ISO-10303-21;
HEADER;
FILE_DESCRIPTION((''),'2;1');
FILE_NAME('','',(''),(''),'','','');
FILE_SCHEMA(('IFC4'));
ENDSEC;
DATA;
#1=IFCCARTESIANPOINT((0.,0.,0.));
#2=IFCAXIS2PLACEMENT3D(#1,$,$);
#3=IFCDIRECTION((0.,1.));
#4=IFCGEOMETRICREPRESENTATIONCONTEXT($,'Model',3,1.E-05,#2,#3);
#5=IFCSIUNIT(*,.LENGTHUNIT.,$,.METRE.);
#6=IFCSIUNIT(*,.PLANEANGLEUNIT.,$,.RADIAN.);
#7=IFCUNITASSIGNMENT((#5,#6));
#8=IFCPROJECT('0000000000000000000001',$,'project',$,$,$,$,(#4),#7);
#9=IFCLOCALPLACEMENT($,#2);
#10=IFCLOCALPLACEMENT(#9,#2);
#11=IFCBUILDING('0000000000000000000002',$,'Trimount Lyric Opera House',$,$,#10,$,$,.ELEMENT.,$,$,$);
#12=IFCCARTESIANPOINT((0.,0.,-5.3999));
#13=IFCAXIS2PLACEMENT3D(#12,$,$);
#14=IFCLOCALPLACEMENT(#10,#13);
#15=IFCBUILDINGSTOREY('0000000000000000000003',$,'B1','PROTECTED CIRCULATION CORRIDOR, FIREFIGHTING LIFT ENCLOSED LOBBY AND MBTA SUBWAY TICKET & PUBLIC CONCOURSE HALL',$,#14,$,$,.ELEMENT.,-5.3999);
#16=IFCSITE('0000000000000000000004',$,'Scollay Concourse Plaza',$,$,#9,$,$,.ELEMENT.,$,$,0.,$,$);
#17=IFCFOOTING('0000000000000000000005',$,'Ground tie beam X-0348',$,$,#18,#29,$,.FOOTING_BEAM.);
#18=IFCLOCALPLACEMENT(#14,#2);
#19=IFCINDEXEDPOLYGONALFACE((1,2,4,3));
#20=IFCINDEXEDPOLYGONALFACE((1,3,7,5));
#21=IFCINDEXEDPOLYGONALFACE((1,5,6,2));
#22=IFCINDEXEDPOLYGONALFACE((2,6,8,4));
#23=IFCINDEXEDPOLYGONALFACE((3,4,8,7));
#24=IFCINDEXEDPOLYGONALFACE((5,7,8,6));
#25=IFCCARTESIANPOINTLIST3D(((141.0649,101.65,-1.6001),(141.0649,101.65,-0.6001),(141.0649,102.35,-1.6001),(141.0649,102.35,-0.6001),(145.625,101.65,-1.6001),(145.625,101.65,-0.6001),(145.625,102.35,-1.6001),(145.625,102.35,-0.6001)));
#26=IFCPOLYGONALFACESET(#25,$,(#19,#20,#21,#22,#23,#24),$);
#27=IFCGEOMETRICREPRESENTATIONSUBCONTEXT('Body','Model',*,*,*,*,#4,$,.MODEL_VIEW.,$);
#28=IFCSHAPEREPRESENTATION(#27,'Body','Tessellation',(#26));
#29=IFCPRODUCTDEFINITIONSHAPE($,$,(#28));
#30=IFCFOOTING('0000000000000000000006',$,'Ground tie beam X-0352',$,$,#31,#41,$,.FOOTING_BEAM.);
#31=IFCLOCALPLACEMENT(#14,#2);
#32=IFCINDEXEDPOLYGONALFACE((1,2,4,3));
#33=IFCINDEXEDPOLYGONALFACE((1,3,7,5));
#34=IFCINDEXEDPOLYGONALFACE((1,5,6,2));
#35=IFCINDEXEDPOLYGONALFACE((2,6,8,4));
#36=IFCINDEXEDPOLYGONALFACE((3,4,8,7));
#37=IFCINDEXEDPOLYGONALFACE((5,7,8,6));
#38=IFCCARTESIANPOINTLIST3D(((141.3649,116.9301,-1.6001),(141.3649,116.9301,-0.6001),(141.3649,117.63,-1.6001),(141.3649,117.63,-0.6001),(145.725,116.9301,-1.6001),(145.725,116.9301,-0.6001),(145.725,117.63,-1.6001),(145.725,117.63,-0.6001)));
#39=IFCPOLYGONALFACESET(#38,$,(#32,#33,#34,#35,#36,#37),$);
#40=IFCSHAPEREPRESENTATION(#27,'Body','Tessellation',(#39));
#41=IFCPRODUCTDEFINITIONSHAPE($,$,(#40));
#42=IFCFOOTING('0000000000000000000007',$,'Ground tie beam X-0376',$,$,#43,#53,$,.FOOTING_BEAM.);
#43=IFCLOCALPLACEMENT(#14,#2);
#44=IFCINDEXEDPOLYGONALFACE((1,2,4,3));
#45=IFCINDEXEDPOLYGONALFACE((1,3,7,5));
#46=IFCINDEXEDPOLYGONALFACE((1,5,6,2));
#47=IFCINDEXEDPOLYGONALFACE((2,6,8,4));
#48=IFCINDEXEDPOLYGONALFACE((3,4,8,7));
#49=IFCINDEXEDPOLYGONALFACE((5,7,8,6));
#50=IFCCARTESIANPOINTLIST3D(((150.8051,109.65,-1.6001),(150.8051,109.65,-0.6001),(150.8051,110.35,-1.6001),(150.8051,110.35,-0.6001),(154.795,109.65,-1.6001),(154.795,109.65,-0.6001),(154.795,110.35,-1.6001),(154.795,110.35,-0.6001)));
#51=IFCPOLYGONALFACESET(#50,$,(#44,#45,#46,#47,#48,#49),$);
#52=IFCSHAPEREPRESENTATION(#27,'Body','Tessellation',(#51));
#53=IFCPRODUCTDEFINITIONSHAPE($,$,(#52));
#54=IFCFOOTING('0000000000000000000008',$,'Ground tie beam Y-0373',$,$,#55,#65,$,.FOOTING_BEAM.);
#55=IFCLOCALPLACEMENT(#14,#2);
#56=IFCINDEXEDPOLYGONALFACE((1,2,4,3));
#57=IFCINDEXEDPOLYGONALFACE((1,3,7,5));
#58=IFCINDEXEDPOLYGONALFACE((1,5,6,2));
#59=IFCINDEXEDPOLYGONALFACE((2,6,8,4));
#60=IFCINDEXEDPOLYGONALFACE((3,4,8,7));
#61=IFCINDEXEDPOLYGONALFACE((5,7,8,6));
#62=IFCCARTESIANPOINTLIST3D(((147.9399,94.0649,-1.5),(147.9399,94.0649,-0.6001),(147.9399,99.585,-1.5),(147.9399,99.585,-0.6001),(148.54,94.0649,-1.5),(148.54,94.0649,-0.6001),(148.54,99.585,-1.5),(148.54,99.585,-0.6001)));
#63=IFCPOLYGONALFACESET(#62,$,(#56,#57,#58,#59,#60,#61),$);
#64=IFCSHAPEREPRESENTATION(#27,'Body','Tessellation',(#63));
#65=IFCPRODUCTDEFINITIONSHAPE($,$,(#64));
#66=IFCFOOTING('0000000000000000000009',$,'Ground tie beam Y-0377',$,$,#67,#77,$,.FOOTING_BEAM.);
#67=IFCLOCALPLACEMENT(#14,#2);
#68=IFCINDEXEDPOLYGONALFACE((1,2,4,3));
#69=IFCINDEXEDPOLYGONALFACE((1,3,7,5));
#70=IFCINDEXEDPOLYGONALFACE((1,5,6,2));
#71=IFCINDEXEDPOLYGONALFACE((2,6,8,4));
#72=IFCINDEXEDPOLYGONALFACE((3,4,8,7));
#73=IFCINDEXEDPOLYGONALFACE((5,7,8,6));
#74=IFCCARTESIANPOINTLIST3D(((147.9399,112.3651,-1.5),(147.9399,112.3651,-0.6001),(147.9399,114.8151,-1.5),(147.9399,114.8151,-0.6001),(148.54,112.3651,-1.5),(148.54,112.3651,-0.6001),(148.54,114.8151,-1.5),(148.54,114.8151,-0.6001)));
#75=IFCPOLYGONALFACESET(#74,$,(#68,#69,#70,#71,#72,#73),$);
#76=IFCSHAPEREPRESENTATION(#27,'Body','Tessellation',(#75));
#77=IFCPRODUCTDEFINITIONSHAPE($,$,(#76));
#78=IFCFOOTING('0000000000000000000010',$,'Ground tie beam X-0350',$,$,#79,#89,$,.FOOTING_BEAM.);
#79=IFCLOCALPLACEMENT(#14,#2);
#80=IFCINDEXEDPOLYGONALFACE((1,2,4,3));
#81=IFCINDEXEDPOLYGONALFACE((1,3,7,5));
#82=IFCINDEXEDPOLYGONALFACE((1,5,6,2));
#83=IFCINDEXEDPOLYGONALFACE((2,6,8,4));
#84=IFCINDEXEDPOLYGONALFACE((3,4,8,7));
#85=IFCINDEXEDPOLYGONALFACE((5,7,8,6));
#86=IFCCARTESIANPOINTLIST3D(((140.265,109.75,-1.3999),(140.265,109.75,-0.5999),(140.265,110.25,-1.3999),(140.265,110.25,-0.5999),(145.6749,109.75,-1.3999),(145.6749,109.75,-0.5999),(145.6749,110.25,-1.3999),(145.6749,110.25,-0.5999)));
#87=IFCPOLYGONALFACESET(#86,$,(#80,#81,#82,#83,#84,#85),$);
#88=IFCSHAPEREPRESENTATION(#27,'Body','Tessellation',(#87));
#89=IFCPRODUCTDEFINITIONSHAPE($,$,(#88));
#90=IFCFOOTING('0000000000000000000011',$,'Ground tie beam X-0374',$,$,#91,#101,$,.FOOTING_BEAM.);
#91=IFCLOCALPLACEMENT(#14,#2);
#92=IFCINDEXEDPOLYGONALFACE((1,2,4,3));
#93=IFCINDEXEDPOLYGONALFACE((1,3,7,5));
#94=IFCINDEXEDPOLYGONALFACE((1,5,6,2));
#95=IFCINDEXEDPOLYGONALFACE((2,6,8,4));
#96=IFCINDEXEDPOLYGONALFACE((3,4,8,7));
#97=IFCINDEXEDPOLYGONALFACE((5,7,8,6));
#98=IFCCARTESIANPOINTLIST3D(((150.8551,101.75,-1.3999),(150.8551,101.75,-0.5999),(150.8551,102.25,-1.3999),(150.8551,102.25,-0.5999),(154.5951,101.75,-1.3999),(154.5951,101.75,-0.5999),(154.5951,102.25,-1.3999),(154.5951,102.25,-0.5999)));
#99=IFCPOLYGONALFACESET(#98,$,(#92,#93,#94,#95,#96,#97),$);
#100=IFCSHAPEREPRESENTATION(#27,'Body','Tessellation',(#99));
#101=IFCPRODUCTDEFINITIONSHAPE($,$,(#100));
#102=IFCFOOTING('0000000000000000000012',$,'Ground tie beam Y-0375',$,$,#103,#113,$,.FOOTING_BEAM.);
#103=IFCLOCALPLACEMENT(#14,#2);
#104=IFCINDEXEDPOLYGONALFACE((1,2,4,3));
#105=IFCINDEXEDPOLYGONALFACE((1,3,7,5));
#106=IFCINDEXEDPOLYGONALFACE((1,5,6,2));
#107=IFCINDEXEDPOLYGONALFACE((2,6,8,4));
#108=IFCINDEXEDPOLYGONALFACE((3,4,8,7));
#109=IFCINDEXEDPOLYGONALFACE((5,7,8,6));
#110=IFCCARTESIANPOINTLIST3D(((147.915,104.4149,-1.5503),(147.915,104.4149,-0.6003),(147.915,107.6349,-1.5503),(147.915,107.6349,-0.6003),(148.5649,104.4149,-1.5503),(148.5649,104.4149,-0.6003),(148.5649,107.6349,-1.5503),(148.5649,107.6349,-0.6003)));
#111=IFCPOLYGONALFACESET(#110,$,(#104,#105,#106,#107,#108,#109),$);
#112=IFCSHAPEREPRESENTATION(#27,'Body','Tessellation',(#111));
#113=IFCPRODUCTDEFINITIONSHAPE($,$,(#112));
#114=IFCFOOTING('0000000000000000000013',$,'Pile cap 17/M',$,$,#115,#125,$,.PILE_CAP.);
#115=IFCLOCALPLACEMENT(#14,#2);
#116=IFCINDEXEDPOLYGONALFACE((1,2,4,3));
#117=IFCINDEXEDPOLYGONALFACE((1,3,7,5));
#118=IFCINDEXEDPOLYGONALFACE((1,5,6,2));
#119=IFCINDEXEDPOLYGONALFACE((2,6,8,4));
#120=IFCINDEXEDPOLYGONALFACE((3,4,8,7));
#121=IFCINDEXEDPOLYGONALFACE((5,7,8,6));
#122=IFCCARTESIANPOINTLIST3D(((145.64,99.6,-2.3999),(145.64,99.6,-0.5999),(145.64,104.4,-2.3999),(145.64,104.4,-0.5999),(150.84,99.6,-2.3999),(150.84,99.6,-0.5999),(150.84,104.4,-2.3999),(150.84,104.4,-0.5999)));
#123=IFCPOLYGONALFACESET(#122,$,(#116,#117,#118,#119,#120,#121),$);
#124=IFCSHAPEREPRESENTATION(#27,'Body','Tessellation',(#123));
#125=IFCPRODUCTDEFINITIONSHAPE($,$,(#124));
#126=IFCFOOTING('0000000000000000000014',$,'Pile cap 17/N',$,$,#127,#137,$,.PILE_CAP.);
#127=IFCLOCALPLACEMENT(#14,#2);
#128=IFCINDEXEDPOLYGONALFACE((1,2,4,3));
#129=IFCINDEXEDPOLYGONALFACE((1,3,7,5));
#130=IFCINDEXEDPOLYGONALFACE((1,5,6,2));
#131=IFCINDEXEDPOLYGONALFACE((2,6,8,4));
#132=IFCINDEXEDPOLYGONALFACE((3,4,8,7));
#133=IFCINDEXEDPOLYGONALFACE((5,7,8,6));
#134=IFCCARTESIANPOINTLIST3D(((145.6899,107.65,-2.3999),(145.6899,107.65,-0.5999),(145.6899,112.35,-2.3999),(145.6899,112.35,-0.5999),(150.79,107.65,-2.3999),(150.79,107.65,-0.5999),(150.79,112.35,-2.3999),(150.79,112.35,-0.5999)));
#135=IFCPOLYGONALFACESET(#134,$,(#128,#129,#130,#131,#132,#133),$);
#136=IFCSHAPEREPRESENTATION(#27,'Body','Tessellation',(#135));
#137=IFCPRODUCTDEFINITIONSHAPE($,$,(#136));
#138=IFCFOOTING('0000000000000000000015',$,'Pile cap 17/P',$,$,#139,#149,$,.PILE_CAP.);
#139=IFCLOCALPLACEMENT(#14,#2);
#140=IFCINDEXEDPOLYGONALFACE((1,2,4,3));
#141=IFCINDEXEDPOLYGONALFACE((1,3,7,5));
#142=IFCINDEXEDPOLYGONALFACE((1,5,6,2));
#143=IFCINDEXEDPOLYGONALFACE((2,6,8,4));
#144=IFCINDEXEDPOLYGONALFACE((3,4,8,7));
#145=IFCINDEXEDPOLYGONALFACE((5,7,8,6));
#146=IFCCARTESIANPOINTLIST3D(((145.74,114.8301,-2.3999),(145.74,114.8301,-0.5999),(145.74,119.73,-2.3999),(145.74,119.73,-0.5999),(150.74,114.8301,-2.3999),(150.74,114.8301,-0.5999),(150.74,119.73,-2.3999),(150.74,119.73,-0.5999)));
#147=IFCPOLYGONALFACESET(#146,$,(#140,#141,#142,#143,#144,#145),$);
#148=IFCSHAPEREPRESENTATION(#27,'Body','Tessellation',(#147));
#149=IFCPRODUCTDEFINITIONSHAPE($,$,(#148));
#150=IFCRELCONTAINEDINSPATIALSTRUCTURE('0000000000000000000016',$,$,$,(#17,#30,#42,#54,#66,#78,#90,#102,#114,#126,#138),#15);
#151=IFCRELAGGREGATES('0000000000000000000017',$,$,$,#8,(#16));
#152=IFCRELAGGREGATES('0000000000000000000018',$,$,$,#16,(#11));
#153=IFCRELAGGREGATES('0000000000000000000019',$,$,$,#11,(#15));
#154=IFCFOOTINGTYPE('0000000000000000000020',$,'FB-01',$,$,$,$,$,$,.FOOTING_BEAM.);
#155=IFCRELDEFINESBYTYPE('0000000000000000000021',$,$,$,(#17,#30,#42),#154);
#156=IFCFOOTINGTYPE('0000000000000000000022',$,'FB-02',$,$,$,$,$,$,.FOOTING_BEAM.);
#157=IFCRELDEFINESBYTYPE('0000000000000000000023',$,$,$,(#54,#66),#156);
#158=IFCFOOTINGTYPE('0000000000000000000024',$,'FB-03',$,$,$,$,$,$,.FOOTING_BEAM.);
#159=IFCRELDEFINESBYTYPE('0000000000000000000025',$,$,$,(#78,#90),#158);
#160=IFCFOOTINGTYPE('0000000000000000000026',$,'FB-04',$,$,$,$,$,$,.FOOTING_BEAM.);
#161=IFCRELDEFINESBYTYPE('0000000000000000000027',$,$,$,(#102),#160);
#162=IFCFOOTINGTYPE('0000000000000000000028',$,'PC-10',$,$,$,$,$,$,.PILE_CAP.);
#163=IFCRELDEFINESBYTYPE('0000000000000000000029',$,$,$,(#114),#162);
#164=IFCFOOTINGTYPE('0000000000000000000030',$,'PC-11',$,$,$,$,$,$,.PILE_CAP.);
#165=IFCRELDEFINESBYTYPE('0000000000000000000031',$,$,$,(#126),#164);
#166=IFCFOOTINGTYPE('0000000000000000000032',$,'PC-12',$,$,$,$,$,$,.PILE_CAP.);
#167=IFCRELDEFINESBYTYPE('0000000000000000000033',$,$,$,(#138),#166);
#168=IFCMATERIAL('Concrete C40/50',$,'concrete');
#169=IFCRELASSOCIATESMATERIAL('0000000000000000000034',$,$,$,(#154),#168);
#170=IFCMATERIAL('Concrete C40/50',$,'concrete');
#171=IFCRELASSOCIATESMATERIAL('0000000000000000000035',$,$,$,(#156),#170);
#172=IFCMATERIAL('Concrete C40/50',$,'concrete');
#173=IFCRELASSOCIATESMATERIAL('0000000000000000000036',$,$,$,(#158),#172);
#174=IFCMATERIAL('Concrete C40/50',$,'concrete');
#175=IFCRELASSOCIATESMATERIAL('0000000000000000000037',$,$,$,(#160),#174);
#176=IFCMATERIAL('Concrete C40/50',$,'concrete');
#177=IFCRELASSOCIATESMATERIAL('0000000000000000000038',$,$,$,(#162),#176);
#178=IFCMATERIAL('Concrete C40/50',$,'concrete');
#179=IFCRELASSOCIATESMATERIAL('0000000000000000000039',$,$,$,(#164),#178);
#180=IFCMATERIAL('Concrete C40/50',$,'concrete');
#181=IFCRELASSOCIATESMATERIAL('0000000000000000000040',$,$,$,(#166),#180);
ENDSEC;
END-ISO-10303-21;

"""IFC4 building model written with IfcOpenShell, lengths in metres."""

from ifc_helpers import new_model, si_unit, direction, frame, origin, origin_2d, place, context, subcontext, project, spatial, rectangle, extrude, material, type_object, element, save


model = new_model("IFC4")

# Units and contexts
model_context = context("Model", 3, precision=1e-05, world=origin(), true_north=direction((0.0, 1.0)))
body_context = subcontext(model_context, "Body", "Model", "MODEL_VIEW")
ifc_project = project(units=[si_unit("LENGTHUNIT", "METRE"), si_unit("PLANEANGLEUNIT", "RADIAN")], contexts=[model_context])

# Site, building, storey
site_placement = place(None, origin())
site = spatial("IfcSite", under=ifc_project, at=site_placement, Name="Scollay Concourse Plaza", CompositionType="ELEMENT", RefElevation=0.0)
building_placement = place(site_placement, origin())
building = spatial("IfcBuilding", under=site, at=building_placement, Name="Trimount Lyric Opera House", CompositionType="ELEMENT")
storey_placement = place(building_placement, frame((0.0, 0.0, -5.3999)))
storey = spatial("IfcBuildingStorey", under=building, at=storey_placement, Name="B1", Description="PROTECTED CIRCULATION CORRIDOR, FIREFIGHTING LIFT ENCLOSED LOBBY AND MBTA SUBWAY TICKET & PUBLIC CONCOURSE HALL", CompositionType="ELEMENT", Elevation=-5.3999)

# Footings
ifc_material_1 = material(Name="Concrete C40/50", Category="concrete")
footing_type_1 = type_object("IfcFootingType", Name="FB-01", PredefinedType="FOOTING_BEAM", material=ifc_material_1)
footing_1_placement = place(storey_placement, frame((143.345, 102.0, -1.6001), z_axis=(0.0, 0.0, 1.0), x_axis=(1.0, 0.0, 0.0)))
element("IfcFooting", 1, at=footing_1_placement, inside=storey, type_object=footing_type_1, Name="Ground tie beam X-0348", PredefinedType="FOOTING_BEAM", context=body_context, shape_type="SweptSolid", body=[
    extrude(rectangle(XDim=4.5601, YDim=0.7, at=origin_2d()), origin(), (0.0, 0.0, 1.0), 1.0),
])
footing_2_placement = place(storey_placement, frame((143.5449, 117.28, -1.6001), z_axis=(0.0, 0.0, 1.0), x_axis=(1.0, 0.0, 0.0)))
element("IfcFooting", 2, at=footing_2_placement, inside=storey, type_object=footing_type_1, Name="Ground tie beam X-0352", PredefinedType="FOOTING_BEAM", context=body_context, shape_type="SweptSolid", body=[
    extrude(rectangle(XDim=4.3601, YDim=0.7, at=origin_2d()), origin(), (0.0, 0.0, 1.0), 1.0),
])
footing_3_placement = place(storey_placement, frame((152.8, 110.0, -1.6001), z_axis=(0.0, 0.0, 1.0), x_axis=(1.0, 0.0, 0.0)))
element("IfcFooting", 3, at=footing_3_placement, inside=storey, type_object=footing_type_1, Name="Ground tie beam X-0376", PredefinedType="FOOTING_BEAM", context=body_context, shape_type="SweptSolid", body=[
    extrude(rectangle(XDim=3.99, YDim=0.7, at=origin_2d()), origin(), (0.0, 0.0, 1.0), 1.0),
])
ifc_material_2 = material(Name="Concrete C40/50", Category="concrete")
footing_type_2 = type_object("IfcFootingType", Name="FB-02", PredefinedType="FOOTING_BEAM", material=ifc_material_2)
footing_4_placement = place(storey_placement, frame((148.24, 96.825, -1.5), z_axis=(0.0, 0.0, 1.0), x_axis=(1.0, 0.0, 0.0)))
element("IfcFooting", 4, at=footing_4_placement, inside=storey, type_object=footing_type_2, Name="Ground tie beam Y-0373", PredefinedType="FOOTING_BEAM", context=body_context, shape_type="SweptSolid", body=[
    extrude(rectangle(XDim=0.6001, YDim=5.52, at=origin_2d()), origin(), (0.0, 0.0, 1.0), 0.8999),
])
footing_5_placement = place(storey_placement, frame((148.24, 113.5901, -1.5), z_axis=(0.0, 0.0, 1.0), x_axis=(1.0, 0.0, 0.0)))
element("IfcFooting", 5, at=footing_5_placement, inside=storey, type_object=footing_type_2, Name="Ground tie beam Y-0377", PredefinedType="FOOTING_BEAM", context=body_context, shape_type="SweptSolid", body=[
    extrude(rectangle(XDim=0.6001, YDim=2.45, at=origin_2d()), origin(), (0.0, 0.0, 1.0), 0.8999),
])
ifc_material_3 = material(Name="Concrete C40/50", Category="concrete")
footing_type_3 = type_object("IfcFootingType", Name="FB-03", PredefinedType="FOOTING_BEAM", material=ifc_material_3)
footing_6_placement = place(storey_placement, frame((142.97, 110.0, -1.3999), z_axis=(0.0, 0.0, 1.0), x_axis=(1.0, 0.0, 0.0)))
element("IfcFooting", 6, at=footing_6_placement, inside=storey, type_object=footing_type_3, Name="Ground tie beam X-0350", PredefinedType="FOOTING_BEAM", context=body_context, shape_type="SweptSolid", body=[
    extrude(rectangle(XDim=5.4099, YDim=0.5, at=origin_2d()), origin(), (0.0, 0.0, 1.0), 0.8),
])
footing_7_placement = place(storey_placement, frame((152.7251, 102.0, -1.3999), z_axis=(0.0, 0.0, 1.0), x_axis=(1.0, 0.0, 0.0)))
element("IfcFooting", 7, at=footing_7_placement, inside=storey, type_object=footing_type_3, Name="Ground tie beam X-0374", PredefinedType="FOOTING_BEAM", context=body_context, shape_type="SweptSolid", body=[
    extrude(rectangle(XDim=3.74, YDim=0.5, at=origin_2d()), origin(), (0.0, 0.0, 1.0), 0.8),
])
ifc_material_4 = material(Name="Concrete C40/50", Category="concrete")
footing_type_4 = type_object("IfcFootingType", Name="FB-04", PredefinedType="FOOTING_BEAM", material=ifc_material_4)
footing_8_placement = place(storey_placement, frame((148.24, 106.0249, -1.5503), z_axis=(0.0, 0.0, 1.0), x_axis=(1.0, 0.0, 0.0)))
element("IfcFooting", 8, at=footing_8_placement, inside=storey, type_object=footing_type_4, Name="Ground tie beam Y-0375", PredefinedType="FOOTING_BEAM", context=body_context, shape_type="SweptSolid", body=[
    extrude(rectangle(XDim=0.6499, YDim=3.22, at=origin_2d()), origin(), (0.0, 0.0, 1.0), 0.95),
])
ifc_material_5 = material(Name="Concrete C40/50", Category="concrete")
footing_type_5 = type_object("IfcFootingType", Name="PC-10", PredefinedType="PILE_CAP", material=ifc_material_5)
footing_9_placement = place(storey_placement, frame((148.24, 102.0, -2.3999), z_axis=(0.0, 0.0, 1.0), x_axis=(1.0, 0.0, 0.0)))
element("IfcFooting", 9, at=footing_9_placement, inside=storey, type_object=footing_type_5, Name="Pile cap 17/M", PredefinedType="PILE_CAP", context=body_context, shape_type="SweptSolid", body=[
    extrude(rectangle(XDim=5.2, YDim=4.8, at=origin_2d()), origin(), (0.0, 0.0, 1.0), 1.8),
])
ifc_material_6 = material(Name="Concrete C40/50", Category="concrete")
footing_type_6 = type_object("IfcFootingType", Name="PC-11", PredefinedType="PILE_CAP", material=ifc_material_6)
footing_10_placement = place(storey_placement, frame((148.24, 110.0, -2.3999), z_axis=(0.0, 0.0, 1.0), x_axis=(1.0, 0.0, 0.0)))
element("IfcFooting", 10, at=footing_10_placement, inside=storey, type_object=footing_type_6, Name="Pile cap 17/N", PredefinedType="PILE_CAP", context=body_context, shape_type="SweptSolid", body=[
    extrude(rectangle(XDim=5.1001, YDim=4.7, at=origin_2d()), origin(), (0.0, 0.0, 1.0), 1.8),
])
ifc_material_7 = material(Name="Concrete C40/50", Category="concrete")
footing_type_7 = type_object("IfcFootingType", Name="PC-12", PredefinedType="PILE_CAP", material=ifc_material_7)
footing_11_placement = place(storey_placement, frame((148.24, 117.28, -2.3999), z_axis=(0.0, 0.0, 1.0), x_axis=(1.0, 0.0, 0.0)))
element("IfcFooting", 11, at=footing_11_placement, inside=storey, type_object=footing_type_7, Name="Pile cap 17/P", PredefinedType="PILE_CAP", context=body_context, shape_type="SweptSolid", body=[
    extrude(rectangle(XDim=5.0, YDim=4.8999, at=origin_2d()), origin(), (0.0, 0.0, 1.0), 1.8),
])

save(model, "model.ifc")
